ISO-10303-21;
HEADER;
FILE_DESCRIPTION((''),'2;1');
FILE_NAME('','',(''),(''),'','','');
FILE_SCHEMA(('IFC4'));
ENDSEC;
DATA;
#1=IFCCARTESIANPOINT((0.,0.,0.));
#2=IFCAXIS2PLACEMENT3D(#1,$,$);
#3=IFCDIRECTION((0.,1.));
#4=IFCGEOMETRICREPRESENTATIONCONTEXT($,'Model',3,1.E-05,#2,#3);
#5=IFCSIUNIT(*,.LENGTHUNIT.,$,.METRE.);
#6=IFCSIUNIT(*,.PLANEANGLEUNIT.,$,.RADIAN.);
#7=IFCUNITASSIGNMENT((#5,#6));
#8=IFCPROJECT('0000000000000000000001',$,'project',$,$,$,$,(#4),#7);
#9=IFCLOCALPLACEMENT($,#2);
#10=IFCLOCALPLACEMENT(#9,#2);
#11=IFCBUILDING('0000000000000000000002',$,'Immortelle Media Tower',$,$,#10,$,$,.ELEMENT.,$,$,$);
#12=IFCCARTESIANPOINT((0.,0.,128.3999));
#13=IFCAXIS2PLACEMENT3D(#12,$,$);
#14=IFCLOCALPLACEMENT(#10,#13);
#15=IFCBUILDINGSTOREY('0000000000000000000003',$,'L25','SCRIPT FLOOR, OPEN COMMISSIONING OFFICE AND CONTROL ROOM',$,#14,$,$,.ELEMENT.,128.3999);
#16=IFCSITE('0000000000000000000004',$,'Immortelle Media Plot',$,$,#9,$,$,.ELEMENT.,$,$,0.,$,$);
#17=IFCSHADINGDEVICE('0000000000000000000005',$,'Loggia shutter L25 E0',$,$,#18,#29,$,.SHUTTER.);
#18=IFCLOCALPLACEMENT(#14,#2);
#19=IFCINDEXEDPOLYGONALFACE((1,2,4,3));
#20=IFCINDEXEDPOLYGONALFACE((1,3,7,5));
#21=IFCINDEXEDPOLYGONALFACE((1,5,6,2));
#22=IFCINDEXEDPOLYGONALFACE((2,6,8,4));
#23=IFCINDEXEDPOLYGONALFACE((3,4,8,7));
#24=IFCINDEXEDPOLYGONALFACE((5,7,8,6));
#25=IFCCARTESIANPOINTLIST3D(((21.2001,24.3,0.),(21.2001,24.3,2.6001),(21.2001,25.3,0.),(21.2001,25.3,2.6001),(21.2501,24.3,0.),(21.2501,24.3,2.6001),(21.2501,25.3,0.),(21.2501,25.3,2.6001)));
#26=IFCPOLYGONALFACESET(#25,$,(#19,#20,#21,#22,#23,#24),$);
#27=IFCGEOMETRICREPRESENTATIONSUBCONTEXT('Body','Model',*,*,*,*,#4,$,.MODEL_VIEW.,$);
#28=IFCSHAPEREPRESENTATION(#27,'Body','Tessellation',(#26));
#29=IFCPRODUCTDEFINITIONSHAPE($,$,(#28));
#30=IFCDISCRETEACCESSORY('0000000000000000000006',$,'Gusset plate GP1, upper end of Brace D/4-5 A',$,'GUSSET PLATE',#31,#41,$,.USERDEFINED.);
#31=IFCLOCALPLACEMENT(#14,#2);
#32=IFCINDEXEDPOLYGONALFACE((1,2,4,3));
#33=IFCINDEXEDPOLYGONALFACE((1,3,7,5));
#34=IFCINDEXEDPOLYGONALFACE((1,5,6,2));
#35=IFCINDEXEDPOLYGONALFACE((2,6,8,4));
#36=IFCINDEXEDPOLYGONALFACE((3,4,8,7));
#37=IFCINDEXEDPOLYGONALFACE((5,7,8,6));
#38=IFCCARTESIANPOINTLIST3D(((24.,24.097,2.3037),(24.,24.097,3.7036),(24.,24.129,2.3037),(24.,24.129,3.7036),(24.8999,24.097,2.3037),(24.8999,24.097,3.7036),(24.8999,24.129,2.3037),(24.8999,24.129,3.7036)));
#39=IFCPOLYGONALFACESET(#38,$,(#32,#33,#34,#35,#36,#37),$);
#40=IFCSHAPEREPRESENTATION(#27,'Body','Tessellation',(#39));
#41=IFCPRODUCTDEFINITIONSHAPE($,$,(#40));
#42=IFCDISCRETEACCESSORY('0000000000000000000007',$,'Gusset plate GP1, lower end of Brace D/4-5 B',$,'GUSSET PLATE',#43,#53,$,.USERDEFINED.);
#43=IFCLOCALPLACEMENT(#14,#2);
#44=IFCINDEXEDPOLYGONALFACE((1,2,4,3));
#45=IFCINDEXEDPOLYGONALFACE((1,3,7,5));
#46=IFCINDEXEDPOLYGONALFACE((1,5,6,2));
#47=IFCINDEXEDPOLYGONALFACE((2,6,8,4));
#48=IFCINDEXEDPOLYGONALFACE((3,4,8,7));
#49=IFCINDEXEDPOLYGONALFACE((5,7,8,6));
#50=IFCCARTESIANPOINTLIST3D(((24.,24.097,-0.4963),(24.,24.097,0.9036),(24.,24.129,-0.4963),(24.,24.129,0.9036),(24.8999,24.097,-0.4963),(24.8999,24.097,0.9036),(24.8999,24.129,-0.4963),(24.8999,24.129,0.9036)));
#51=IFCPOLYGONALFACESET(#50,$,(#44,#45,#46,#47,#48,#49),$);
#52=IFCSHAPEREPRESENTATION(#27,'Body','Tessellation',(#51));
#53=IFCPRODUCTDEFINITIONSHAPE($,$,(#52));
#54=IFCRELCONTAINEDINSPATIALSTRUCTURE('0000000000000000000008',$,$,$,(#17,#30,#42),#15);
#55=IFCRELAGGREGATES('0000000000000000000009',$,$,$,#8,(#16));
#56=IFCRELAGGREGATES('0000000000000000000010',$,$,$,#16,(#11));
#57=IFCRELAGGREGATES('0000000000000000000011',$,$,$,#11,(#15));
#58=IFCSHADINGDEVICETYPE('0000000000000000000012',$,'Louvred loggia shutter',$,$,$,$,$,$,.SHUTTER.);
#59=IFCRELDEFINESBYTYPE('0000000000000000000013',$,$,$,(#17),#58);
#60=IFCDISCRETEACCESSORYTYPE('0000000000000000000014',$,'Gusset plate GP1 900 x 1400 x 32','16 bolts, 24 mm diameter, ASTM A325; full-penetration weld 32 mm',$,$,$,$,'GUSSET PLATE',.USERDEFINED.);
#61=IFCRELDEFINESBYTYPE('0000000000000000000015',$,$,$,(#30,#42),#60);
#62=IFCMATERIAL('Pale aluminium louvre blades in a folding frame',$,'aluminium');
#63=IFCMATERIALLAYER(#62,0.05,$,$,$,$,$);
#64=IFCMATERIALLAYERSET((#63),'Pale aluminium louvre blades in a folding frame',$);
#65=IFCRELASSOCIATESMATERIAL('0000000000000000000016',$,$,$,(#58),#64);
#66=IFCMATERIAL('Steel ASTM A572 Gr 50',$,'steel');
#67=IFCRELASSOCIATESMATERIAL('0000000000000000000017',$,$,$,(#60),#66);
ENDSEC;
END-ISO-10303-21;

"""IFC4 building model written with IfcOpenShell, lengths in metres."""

from ifc_helpers import new_model, si_unit, direction, frame, origin, origin_2d, place, context, subcontext, project, spatial, rectangle, extrude, material, layer, layer_set, material_profile, profile_set, type_object, element, save


model = new_model("IFC4")

# Units and contexts
model_context = context("Model", 3, precision=1e-05, world=origin(), true_north=direction((0.0, 1.0)))
body_context = subcontext(model_context, "Body", "Model", "MODEL_VIEW")
ifc_project = project(units=[si_unit("LENGTHUNIT", "METRE"), si_unit("PLANEANGLEUNIT", "RADIAN")], contexts=[model_context])

# Site, building, storey
site_placement = place(None, origin())
site = spatial("IfcSite", under=ifc_project, at=site_placement, Name="Immortelle Media Plot", CompositionType="ELEMENT", RefElevation=0.0)
building_placement = place(site_placement, origin())
building = spatial("IfcBuilding", under=site, at=building_placement, Name="Immortelle Media Tower", CompositionType="ELEMENT")
storey_placement = place(building_placement, frame((0.0, 0.0, 128.3999)))
storey = spatial("IfcBuildingStorey", under=building, at=storey_placement, Name="L25", Description="SCRIPT FLOOR, OPEN COMMISSIONING OFFICE AND CONTROL ROOM", CompositionType="ELEMENT", Elevation=128.3999)

# Shading device
ifc_material_1 = material(Name="Pale aluminium louvre blades in a folding frame", Category="aluminium")
ifc_layer_1 = layer(ifc_material_1, 0.05)
ifc_layer_set_1 = layer_set([ifc_layer_1], Name="Pale aluminium louvre blades in a folding frame")
shading_device_type_1 = type_object("IfcShadingDeviceType", Name="Louvred loggia shutter", PredefinedType="SHUTTER", material=ifc_layer_set_1)
shading_device_1_placement = place(storey_placement, frame((21.2251, 24.8, 0.0), z_axis=(0.0, 0.0, 1.0), x_axis=(0.0, 1.0, 0.0)))
element("IfcShadingDevice", 1, at=shading_device_1_placement, inside=storey, type_object=shading_device_type_1, Name="Loggia shutter L25 E0", PredefinedType="SHUTTER", context=body_context, shape_type="SweptSolid", body=[
    extrude(rectangle(XDim=1.0, YDim=0.05, at=origin_2d()), origin(), (0.0, 0.0, 1.0), 2.6001),
])

# Discrete accessories
ifc_material_2 = material(Name="Steel ASTM A572 Gr 50", Category="steel")
ifc_material_profile_1 = material_profile(ifc_material_2, rectangle(XDim=0.032, YDim=1.3999, at=origin_2d()), Name="PL 32 x 1400")
ifc_profile_set_1 = profile_set([ifc_material_profile_1], Name="Steel ASTM A572 Gr 50")
discrete_accessory_type = type_object("IfcDiscreteAccessoryType", Name="Gusset plate GP1 900 x 1400 x 32", Description="16 bolts, 24 mm diameter, ASTM A325; full-penetration weld 32 mm", ElementType="GUSSET PLATE", PredefinedType="USERDEFINED", material=ifc_profile_set_1)
for number, where, z_axis, x_axis, name in (
    (2, (24.0, 24.113, 3.0037), (1.0, 0.0, 0.0), (0.0, 1.0, 0.0), "Gusset plate GP1, upper end of Brace D/4-5 A"),
    (3, (24.0, 24.113, 0.2036), (1.0, 0.0, 0.0), (0.0, 1.0, 0.0), "Gusset plate GP1, lower end of Brace D/4-5 B"),
):
    element("IfcDiscreteAccessory", number, at=place(storey_placement, frame(where, z_axis=z_axis, x_axis=x_axis)), inside=storey, type_object=discrete_accessory_type, Name=name, ObjectType="GUSSET PLATE", PredefinedType="USERDEFINED", context=body_context, shape_type="SweptSolid", body=[
        extrude(rectangle(XDim=0.032, YDim=1.3999, at=origin_2d()), origin(), (0.0, 0.0, 1.0), 0.8999),
    ])

save(model, "model.ifc")
